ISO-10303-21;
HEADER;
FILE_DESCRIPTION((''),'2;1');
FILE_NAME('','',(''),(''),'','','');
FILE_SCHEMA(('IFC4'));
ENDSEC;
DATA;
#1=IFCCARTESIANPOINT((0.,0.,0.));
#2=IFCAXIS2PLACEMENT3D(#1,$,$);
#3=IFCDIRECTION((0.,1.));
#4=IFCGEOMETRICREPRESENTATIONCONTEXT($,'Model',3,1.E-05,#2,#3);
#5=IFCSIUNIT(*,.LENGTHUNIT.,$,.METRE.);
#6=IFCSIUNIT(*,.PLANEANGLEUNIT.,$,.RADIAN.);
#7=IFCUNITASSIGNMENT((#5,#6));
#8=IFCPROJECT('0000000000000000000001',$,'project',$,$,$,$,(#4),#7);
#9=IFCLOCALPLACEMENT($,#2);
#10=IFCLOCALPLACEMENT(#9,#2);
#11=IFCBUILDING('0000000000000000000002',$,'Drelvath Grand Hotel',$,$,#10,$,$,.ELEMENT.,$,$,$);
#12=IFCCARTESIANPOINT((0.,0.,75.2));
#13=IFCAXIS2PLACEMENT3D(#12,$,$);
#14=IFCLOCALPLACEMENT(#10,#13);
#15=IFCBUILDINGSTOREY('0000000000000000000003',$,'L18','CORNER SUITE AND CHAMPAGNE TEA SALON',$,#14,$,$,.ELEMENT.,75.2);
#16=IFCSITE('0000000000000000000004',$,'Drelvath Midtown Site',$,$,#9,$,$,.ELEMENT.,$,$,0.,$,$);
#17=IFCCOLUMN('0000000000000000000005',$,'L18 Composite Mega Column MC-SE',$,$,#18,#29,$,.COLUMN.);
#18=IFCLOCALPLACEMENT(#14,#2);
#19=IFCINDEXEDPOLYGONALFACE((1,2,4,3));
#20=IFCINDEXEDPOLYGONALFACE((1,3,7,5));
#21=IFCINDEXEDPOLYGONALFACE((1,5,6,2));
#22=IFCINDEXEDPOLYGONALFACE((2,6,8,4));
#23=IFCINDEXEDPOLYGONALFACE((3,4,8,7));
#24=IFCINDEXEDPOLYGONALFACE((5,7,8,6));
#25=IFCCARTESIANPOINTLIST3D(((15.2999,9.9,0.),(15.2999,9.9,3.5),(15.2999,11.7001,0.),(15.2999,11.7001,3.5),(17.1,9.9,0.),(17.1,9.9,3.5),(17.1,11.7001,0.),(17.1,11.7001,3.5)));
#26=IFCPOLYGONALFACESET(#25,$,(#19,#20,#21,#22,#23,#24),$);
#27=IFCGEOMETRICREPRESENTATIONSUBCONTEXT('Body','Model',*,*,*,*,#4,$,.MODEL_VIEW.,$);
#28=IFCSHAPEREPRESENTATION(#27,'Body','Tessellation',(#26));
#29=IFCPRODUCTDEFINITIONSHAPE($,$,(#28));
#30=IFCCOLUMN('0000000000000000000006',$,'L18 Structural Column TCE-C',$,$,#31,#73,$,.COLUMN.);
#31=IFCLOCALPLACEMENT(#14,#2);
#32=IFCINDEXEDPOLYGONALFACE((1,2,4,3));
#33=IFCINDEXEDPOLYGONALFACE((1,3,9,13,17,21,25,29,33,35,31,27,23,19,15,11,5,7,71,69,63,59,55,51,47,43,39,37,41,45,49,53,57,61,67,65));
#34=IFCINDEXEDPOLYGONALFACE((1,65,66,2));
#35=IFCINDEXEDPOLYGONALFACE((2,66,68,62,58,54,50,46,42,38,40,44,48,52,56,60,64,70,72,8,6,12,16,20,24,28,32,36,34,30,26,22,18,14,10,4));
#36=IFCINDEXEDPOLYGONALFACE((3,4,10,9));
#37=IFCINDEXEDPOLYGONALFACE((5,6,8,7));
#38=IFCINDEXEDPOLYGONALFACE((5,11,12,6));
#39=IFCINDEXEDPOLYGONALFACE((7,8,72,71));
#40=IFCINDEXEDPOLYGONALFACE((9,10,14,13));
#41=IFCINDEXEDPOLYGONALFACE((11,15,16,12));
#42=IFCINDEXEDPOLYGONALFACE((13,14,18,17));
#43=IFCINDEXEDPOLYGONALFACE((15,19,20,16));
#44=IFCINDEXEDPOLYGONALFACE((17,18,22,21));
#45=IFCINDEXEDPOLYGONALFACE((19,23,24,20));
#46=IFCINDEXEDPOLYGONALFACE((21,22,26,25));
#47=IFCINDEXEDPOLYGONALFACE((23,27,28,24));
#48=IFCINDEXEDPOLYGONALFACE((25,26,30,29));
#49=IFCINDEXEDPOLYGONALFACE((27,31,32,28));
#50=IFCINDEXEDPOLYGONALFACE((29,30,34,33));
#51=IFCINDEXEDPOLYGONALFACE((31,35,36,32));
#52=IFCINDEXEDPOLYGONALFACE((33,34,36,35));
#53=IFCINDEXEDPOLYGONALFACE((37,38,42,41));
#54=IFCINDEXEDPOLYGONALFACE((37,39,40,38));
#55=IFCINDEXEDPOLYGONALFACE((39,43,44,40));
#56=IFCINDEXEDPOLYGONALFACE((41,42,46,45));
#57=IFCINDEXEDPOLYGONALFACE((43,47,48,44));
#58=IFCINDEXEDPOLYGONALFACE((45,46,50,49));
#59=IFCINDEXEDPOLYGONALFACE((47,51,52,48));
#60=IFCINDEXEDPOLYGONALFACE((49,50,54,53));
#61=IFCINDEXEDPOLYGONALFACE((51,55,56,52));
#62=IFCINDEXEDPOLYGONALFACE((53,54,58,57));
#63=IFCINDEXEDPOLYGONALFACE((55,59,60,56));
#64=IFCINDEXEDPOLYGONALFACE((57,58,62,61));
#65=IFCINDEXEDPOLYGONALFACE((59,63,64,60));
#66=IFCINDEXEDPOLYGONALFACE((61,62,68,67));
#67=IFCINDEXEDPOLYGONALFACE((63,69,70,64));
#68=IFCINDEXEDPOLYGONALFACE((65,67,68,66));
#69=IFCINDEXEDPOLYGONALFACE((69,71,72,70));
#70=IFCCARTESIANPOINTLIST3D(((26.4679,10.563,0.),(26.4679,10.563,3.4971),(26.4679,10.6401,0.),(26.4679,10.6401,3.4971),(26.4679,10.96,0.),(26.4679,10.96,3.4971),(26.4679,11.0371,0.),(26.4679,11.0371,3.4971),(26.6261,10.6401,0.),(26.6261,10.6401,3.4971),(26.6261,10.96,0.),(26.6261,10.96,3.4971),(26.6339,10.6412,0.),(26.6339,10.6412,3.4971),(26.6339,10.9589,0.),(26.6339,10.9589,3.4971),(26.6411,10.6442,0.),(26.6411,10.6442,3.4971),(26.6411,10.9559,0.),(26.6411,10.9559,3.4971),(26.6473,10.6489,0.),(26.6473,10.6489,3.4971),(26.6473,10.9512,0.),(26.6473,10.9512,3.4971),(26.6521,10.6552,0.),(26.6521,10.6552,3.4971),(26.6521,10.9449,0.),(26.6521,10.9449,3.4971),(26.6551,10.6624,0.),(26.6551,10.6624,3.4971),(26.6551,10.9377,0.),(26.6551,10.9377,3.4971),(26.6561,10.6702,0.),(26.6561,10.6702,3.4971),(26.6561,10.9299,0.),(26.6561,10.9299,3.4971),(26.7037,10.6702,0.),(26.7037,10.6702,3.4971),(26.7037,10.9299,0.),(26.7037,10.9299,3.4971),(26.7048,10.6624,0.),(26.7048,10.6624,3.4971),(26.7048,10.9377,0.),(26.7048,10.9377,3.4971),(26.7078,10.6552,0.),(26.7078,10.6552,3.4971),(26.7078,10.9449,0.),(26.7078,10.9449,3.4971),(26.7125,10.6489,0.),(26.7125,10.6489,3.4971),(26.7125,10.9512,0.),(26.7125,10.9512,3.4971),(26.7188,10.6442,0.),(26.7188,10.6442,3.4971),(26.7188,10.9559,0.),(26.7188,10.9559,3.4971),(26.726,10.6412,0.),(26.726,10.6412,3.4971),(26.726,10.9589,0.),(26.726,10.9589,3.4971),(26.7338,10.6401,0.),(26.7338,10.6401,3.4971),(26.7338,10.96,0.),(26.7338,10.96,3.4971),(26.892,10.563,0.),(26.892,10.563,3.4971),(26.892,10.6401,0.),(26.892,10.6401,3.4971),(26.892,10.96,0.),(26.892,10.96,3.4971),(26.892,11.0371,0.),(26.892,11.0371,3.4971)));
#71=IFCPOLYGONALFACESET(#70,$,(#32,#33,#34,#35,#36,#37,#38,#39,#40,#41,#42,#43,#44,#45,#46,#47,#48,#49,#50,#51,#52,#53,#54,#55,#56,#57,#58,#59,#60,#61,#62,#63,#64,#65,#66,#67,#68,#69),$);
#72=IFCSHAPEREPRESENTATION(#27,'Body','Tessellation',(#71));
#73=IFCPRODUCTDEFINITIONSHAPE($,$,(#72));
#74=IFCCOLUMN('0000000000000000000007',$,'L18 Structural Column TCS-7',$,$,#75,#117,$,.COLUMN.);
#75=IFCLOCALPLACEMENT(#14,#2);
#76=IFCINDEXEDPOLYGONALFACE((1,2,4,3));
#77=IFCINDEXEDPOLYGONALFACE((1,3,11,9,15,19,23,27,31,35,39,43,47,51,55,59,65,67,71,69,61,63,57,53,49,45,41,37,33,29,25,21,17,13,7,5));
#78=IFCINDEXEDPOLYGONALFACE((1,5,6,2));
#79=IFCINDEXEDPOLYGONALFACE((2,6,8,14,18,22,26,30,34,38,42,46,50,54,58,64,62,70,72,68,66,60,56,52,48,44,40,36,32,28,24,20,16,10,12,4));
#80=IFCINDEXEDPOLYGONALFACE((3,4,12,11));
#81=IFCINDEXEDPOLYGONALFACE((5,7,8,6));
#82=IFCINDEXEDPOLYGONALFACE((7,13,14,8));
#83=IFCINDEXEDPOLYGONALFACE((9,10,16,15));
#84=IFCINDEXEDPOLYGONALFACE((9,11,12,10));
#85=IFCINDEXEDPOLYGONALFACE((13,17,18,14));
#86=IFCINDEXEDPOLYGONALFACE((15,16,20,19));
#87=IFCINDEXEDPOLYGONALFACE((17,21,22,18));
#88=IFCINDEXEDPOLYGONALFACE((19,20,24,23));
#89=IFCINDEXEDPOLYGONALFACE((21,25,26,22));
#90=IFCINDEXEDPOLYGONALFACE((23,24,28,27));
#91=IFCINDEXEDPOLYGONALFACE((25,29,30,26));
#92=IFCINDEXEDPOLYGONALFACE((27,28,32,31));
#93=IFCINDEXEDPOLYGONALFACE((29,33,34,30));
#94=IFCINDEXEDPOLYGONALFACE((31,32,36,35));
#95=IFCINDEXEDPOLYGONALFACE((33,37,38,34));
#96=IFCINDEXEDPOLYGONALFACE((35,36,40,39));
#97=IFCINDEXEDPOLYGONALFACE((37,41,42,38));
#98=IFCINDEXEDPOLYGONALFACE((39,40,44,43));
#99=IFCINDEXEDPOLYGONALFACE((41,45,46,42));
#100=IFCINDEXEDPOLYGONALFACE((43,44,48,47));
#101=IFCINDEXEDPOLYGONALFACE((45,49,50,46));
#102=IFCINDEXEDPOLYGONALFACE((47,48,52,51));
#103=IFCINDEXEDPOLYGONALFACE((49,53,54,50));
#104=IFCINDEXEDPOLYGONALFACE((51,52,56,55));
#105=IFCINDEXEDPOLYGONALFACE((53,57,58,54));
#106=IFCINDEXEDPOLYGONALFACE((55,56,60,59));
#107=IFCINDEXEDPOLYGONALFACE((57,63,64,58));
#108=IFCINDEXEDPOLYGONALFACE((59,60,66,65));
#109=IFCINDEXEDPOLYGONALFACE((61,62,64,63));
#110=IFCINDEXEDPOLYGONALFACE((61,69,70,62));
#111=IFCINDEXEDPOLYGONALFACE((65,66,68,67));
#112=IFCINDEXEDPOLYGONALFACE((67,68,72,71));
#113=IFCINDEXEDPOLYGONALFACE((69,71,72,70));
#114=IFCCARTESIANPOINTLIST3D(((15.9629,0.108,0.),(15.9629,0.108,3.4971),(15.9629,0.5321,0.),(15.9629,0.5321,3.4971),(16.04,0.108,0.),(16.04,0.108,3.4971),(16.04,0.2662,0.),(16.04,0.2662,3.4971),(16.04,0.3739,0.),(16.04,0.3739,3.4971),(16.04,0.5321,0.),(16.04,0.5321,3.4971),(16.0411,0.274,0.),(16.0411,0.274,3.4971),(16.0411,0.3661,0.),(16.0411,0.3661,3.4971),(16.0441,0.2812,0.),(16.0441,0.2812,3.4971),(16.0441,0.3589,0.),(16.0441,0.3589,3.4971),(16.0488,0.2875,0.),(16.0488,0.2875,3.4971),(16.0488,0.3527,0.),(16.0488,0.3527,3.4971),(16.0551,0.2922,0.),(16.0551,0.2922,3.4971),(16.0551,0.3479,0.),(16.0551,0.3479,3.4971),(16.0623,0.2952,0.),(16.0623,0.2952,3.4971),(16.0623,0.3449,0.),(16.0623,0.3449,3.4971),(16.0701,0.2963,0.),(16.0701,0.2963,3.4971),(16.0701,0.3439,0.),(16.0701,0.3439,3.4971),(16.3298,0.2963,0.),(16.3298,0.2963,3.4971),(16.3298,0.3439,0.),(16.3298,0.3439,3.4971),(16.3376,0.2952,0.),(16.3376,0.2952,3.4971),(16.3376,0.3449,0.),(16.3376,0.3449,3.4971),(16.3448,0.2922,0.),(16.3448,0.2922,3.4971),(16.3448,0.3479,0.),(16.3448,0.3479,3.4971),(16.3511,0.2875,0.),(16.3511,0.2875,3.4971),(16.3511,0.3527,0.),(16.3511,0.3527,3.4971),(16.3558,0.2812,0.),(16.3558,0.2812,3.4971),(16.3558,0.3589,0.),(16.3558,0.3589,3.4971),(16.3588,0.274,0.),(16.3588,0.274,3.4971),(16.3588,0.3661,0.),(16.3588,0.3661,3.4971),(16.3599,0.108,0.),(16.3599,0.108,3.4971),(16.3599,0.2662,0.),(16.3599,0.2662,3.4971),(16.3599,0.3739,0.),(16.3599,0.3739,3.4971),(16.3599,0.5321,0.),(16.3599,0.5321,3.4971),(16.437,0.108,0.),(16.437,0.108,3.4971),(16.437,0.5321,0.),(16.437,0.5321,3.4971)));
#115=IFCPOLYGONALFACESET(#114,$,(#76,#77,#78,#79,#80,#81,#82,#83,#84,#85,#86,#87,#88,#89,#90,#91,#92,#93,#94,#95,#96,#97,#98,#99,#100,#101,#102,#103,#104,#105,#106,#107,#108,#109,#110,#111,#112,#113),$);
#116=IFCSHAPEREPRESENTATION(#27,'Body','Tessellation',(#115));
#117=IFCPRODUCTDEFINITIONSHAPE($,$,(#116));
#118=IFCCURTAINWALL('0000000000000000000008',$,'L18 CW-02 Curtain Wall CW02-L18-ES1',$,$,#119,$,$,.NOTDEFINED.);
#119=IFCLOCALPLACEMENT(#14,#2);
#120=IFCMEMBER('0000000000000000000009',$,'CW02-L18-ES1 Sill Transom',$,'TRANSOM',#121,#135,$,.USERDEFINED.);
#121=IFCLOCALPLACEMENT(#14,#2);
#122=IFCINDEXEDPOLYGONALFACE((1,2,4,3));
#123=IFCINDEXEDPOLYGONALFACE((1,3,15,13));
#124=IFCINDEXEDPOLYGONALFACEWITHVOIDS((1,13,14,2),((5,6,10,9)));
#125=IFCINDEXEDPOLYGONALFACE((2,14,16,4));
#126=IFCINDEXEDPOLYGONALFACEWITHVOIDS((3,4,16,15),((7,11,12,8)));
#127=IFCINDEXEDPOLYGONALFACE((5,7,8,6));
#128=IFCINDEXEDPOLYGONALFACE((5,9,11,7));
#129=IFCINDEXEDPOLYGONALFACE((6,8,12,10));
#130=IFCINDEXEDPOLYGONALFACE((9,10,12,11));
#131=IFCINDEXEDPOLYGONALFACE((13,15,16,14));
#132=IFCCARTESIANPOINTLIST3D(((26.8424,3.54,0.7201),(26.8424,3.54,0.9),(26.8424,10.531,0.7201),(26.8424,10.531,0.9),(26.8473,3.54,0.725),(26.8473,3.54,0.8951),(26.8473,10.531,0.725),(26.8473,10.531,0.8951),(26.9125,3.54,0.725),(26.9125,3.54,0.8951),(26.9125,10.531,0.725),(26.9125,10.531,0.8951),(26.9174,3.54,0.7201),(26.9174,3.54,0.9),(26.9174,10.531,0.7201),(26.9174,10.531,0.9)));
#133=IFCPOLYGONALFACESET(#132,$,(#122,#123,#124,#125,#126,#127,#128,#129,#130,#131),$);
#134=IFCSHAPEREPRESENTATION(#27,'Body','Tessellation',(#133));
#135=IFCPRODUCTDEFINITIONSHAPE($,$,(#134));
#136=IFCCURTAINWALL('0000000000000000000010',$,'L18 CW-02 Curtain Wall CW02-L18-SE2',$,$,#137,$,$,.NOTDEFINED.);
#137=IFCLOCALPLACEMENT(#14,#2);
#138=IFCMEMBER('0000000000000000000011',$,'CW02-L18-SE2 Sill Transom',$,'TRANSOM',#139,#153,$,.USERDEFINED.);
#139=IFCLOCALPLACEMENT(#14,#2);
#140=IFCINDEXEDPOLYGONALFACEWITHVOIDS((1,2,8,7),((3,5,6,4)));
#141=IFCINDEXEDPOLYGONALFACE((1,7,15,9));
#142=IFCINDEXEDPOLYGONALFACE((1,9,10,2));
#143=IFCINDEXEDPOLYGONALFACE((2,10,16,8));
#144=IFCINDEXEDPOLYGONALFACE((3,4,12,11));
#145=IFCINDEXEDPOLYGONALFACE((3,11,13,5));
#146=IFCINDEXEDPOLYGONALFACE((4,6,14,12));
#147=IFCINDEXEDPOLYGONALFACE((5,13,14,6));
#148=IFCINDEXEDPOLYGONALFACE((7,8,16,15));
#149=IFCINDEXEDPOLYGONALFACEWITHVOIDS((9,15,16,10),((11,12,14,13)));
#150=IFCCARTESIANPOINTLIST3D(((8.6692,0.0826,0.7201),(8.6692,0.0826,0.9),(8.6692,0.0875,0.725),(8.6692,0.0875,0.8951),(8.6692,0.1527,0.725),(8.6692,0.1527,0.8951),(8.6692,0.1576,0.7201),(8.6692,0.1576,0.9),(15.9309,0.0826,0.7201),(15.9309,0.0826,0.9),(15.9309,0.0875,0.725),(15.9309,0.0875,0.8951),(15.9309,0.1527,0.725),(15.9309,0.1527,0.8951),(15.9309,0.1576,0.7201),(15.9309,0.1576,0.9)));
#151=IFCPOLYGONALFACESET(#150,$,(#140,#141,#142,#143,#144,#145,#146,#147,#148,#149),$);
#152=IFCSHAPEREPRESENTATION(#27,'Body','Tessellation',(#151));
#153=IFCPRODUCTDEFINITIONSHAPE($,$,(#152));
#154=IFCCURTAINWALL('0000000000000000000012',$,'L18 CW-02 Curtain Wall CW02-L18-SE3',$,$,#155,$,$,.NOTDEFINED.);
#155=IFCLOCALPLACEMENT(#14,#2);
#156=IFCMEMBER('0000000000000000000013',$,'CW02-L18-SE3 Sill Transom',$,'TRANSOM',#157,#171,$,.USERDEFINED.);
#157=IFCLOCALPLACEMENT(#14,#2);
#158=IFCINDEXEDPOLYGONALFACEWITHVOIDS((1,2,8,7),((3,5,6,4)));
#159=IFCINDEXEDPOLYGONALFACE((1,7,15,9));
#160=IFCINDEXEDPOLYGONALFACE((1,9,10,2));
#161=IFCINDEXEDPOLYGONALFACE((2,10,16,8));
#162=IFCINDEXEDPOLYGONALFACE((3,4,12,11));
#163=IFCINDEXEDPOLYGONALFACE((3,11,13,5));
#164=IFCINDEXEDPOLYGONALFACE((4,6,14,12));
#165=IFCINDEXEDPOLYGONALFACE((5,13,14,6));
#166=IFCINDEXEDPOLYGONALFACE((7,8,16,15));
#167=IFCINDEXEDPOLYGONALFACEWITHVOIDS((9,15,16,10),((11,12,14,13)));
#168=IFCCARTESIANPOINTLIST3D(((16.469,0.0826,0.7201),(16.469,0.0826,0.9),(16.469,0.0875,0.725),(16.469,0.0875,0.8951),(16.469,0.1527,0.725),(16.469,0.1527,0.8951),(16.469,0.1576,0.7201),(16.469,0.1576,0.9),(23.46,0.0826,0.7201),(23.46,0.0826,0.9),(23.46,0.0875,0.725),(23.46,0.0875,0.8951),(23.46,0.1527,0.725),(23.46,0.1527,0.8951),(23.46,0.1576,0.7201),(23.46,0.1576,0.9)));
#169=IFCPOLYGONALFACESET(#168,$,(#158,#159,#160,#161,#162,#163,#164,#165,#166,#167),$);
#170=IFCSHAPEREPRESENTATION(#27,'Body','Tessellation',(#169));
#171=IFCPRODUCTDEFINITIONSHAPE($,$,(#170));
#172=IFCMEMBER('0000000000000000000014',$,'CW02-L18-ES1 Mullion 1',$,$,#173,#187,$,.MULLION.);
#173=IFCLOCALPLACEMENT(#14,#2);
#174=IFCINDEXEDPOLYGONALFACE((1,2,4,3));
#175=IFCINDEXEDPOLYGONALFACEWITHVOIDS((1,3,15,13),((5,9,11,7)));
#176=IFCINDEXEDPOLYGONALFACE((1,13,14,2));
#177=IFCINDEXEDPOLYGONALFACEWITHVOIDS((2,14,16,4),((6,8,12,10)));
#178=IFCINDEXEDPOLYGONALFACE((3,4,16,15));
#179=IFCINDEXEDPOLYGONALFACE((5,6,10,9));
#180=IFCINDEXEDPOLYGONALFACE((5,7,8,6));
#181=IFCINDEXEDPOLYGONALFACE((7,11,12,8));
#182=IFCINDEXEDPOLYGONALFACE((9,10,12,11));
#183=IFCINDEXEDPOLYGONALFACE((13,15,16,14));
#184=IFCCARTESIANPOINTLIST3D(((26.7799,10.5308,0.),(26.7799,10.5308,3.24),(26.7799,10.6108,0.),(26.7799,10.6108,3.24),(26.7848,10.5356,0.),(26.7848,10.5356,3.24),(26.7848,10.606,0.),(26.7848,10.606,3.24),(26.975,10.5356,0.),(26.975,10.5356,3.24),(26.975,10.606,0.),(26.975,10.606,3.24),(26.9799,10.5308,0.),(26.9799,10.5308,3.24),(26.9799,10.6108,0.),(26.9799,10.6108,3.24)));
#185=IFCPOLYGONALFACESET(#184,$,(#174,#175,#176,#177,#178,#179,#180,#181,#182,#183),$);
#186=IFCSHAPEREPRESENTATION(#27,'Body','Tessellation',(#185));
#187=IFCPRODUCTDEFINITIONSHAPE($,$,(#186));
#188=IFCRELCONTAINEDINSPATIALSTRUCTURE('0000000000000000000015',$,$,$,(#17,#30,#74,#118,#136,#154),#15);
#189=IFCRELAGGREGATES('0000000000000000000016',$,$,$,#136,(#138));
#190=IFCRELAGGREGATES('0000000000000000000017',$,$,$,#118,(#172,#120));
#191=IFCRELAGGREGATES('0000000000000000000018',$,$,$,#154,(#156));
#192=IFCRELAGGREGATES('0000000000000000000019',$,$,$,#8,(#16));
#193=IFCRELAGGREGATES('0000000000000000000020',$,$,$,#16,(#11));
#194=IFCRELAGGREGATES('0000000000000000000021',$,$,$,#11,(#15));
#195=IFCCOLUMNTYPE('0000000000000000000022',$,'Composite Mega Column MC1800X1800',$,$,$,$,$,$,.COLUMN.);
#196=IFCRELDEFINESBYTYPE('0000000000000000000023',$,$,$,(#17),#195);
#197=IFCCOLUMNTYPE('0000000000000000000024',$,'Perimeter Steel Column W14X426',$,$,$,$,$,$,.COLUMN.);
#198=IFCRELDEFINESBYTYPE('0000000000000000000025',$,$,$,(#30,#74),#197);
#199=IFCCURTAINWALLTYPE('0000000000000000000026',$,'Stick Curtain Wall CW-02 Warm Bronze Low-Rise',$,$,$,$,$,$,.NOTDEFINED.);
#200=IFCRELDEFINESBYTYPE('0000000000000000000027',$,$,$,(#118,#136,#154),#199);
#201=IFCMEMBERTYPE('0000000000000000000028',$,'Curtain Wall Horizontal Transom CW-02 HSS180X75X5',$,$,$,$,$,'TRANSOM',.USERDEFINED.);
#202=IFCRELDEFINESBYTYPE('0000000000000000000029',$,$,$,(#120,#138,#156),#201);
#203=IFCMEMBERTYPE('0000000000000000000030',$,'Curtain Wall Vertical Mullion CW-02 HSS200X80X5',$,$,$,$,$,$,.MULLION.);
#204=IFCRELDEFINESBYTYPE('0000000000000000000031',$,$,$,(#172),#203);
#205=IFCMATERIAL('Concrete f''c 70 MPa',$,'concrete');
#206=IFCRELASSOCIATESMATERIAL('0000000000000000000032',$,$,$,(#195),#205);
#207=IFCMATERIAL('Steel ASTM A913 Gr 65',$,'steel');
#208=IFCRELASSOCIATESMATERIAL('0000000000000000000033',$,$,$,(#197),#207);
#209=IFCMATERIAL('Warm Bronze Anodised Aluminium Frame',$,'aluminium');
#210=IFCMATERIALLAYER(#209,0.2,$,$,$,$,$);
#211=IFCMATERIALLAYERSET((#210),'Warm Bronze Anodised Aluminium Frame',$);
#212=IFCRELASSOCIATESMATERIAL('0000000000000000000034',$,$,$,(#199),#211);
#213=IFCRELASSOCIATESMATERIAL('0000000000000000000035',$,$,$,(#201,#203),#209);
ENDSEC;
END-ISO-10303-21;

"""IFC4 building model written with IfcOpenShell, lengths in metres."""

from ifc_helpers import new_model, si_unit, direction, frame, origin, origin_2d, place, context, subcontext, project, spatial, rectangle, hollow_rectangle, i_section, extrude, material, layer, layer_set, material_profile, profile_set, type_object, element, aggregate, save


model = new_model("IFC4")

# Units and contexts
model_context = context("Model", 3, precision=1e-05, world=origin(), true_north=direction((0.0, 1.0)))
body_context = subcontext(model_context, "Body", "Model", "MODEL_VIEW")
ifc_project = project(units=[si_unit("LENGTHUNIT", "METRE"), si_unit("PLANEANGLEUNIT", "RADIAN")], contexts=[model_context])

# Site, building, storey
site_placement = place(None, origin())
site = spatial("IfcSite", under=ifc_project, at=site_placement, Name="Drelvath Midtown Site", CompositionType="ELEMENT", RefElevation=0.0)
building_placement = place(site_placement, origin())
building = spatial("IfcBuilding", under=site, at=building_placement, Name="Drelvath Grand Hotel", CompositionType="ELEMENT")
storey_placement = place(building_placement, frame((0.0, 0.0, 75.2)))
storey = spatial("IfcBuildingStorey", under=building, at=storey_placement, Name="L18", Description="CORNER SUITE AND CHAMPAGNE TEA SALON", CompositionType="ELEMENT", Elevation=75.2)

# Columns
ifc_material_1 = material(Name="Concrete f'c 70 MPa", Category="concrete")
ifc_material_profile_1 = material_profile(ifc_material_1, rectangle(XDim=1.8, YDim=1.8, at=origin_2d()), Name="MC1800X1800")
ifc_profile_set_1 = profile_set([ifc_material_profile_1], Name="Concrete f'c 70 MPa")
column_type_1 = type_object("IfcColumnType", Name="Composite Mega Column MC1800X1800", PredefinedType="COLUMN", material=ifc_profile_set_1)
column_placement = place(storey_placement, frame((16.2, 10.8, 0.0), z_axis=(0.0, 0.0, 1.0), x_axis=(1.0, 0.0, 0.0)))
element("IfcColumn", 1, at=column_placement, inside=storey, type_object=column_type_1, Name="L18 Composite Mega Column MC-SE", PredefinedType="COLUMN", context=body_context, shape_type="SweptSolid", body=[
    extrude(rectangle(XDim=1.8, YDim=1.8, at=origin_2d()), origin(), (0.0, 0.0, 1.0), 3.5),
])
ifc_material_2 = material(Name="Steel ASTM A913 Gr 65", Category="steel")
ifc_material_profile_2 = material_profile(ifc_material_2, i_section(OverallWidth=0.4241, OverallDepth=0.4741, WebThickness=0.0476, FlangeThickness=0.0771, FilletRadius=0.03, at=origin_2d()), Name="W14X426")
ifc_profile_set_2 = profile_set([ifc_material_profile_2], Name="Steel ASTM A913 Gr 65")
column_type_2 = type_object("IfcColumnType", Name="Perimeter Steel Column W14X426", PredefinedType="COLUMN", material=ifc_profile_set_2)
for number, where, z_axis, x_axis, name in (
    (2, (26.6799, 10.8, 0.0), (0.0, 0.0, 1.0), (1.0, 0.0, 0.0), "L18 Structural Column TCE-C"),
    (3, (16.2, 0.3201, 0.0), (0.0, 0.0, 1.0), (0.0, 1.0, 0.0), "L18 Structural Column TCS-7"),
):
    element("IfcColumn", number, at=place(storey_placement, frame(where, z_axis=z_axis, x_axis=x_axis)), inside=storey, type_object=column_type_2, Name=name, PredefinedType="COLUMN", context=body_context, shape_type="SweptSolid", body=[
        extrude(i_section(OverallWidth=0.4241, OverallDepth=0.4741, WebThickness=0.0476, FlangeThickness=0.0771, FilletRadius=0.03, at=origin_2d()), origin(), (0.0, 0.0, 1.0), 3.4971),
    ])

# Curtain walls, members
ifc_material_3 = material(Name="Warm Bronze Anodised Aluminium Frame", Category="aluminium")
ifc_layer_1 = layer(ifc_material_3, 0.2)
ifc_layer_set_1 = layer_set([ifc_layer_1], Name="Warm Bronze Anodised Aluminium Frame")
curtain_wall_type = type_object("IfcCurtainWallType", Name="Stick Curtain Wall CW-02 Warm Bronze Low-Rise", PredefinedType="NOTDEFINED", material=ifc_layer_set_1)
curtain_wall_1_placement = place(storey_placement, origin())
curtain_wall_1 = element("IfcCurtainWall", 4, at=curtain_wall_1_placement, inside=storey, type_object=curtain_wall_type, Name="L18 CW-02 Curtain Wall CW02-L18-ES1", PredefinedType="NOTDEFINED")
ifc_material_profile_3 = material_profile(ifc_material_3, hollow_rectangle(XDim=0.075, YDim=0.1799, WallThickness=0.0049, at=origin_2d()), Name="HSS180X75X5")
ifc_profile_set_3 = profile_set([ifc_material_profile_3], Name="Warm Bronze Anodised Aluminium Frame")
member_type_1 = type_object("IfcMemberType", Name="Curtain Wall Horizontal Transom CW-02 HSS180X75X5", ElementType="TRANSOM", PredefinedType="USERDEFINED", material=ifc_profile_set_3)
member_1_placement = place(storey_placement, frame((26.8799, 10.531, 0.8101), z_axis=(0.0, -1.0, 0.0), x_axis=(1.0, 0.0, 0.0)))
member_1 = element("IfcMember", 5, at=member_1_placement, type_object=member_type_1, Name="CW02-L18-ES1 Sill Transom", ObjectType="TRANSOM", PredefinedType="USERDEFINED", context=body_context, shape_type="SweptSolid", body=[
    extrude(hollow_rectangle(XDim=0.075, YDim=0.1799, WallThickness=0.0049, at=origin_2d()), origin(), (0.0, 0.0, 1.0), 6.991),
])
curtain_wall_2_placement = place(storey_placement, origin())
curtain_wall_2 = element("IfcCurtainWall", 6, at=curtain_wall_2_placement, inside=storey, type_object=curtain_wall_type, Name="L18 CW-02 Curtain Wall CW02-L18-SE2", PredefinedType="NOTDEFINED")
member_2_placement = place(storey_placement, frame((15.9309, 0.1201, 0.8101), z_axis=(-1.0, 0.0, 0.0), x_axis=(0.0, -1.0, 0.0)))
member_2 = element("IfcMember", 7, at=member_2_placement, type_object=member_type_1, Name="CW02-L18-SE2 Sill Transom", ObjectType="TRANSOM", PredefinedType="USERDEFINED", context=body_context, shape_type="SweptSolid", body=[
    extrude(hollow_rectangle(XDim=0.075, YDim=0.1799, WallThickness=0.0049, at=origin_2d()), origin(), (0.0, 0.0, 1.0), 7.2617),
])
curtain_wall_3_placement = place(storey_placement, origin())
curtain_wall_3 = element("IfcCurtainWall", 8, at=curtain_wall_3_placement, inside=storey, type_object=curtain_wall_type, Name="L18 CW-02 Curtain Wall CW02-L18-SE3", PredefinedType="NOTDEFINED")
member_3_placement = place(storey_placement, frame((23.46, 0.1201, 0.8101), z_axis=(-1.0, 0.0, 0.0), x_axis=(0.0, -1.0, 0.0)))
member_3 = element("IfcMember", 9, at=member_3_placement, type_object=member_type_1, Name="CW02-L18-SE3 Sill Transom", ObjectType="TRANSOM", PredefinedType="USERDEFINED", context=body_context, shape_type="SweptSolid", body=[
    extrude(hollow_rectangle(XDim=0.075, YDim=0.1799, WallThickness=0.0049, at=origin_2d()), origin(), (0.0, 0.0, 1.0), 6.991),
])

# Member
ifc_material_profile_4 = material_profile(ifc_material_3, hollow_rectangle(XDim=0.0801, YDim=0.2, WallThickness=0.0049, at=origin_2d()), Name="HSS200X80X5")
ifc_profile_set_4 = profile_set([ifc_material_profile_4], Name="Warm Bronze Anodised Aluminium Frame")
member_type_2 = type_object("IfcMemberType", Name="Curtain Wall Vertical Mullion CW-02 HSS200X80X5", PredefinedType="MULLION", material=ifc_profile_set_4)
member_4_placement = place(storey_placement, frame((26.8799, 10.5708, 0.0), z_axis=(0.0, 0.0, 1.0), x_axis=(0.0, 1.0, 0.0)))
member_4 = element("IfcMember", 10, at=member_4_placement, type_object=member_type_2, Name="CW02-L18-ES1 Mullion 1", PredefinedType="MULLION", context=body_context, shape_type="SweptSolid", body=[
    extrude(hollow_rectangle(XDim=0.0801, YDim=0.2, WallThickness=0.0049, at=origin_2d()), origin(), (0.0, 0.0, 1.0), 3.24),
])
aggregate(curtain_wall_2, [member_2])

aggregate(curtain_wall_1, [member_4, member_1])
aggregate(curtain_wall_3, [member_3])

save(model, "model.ifc")
